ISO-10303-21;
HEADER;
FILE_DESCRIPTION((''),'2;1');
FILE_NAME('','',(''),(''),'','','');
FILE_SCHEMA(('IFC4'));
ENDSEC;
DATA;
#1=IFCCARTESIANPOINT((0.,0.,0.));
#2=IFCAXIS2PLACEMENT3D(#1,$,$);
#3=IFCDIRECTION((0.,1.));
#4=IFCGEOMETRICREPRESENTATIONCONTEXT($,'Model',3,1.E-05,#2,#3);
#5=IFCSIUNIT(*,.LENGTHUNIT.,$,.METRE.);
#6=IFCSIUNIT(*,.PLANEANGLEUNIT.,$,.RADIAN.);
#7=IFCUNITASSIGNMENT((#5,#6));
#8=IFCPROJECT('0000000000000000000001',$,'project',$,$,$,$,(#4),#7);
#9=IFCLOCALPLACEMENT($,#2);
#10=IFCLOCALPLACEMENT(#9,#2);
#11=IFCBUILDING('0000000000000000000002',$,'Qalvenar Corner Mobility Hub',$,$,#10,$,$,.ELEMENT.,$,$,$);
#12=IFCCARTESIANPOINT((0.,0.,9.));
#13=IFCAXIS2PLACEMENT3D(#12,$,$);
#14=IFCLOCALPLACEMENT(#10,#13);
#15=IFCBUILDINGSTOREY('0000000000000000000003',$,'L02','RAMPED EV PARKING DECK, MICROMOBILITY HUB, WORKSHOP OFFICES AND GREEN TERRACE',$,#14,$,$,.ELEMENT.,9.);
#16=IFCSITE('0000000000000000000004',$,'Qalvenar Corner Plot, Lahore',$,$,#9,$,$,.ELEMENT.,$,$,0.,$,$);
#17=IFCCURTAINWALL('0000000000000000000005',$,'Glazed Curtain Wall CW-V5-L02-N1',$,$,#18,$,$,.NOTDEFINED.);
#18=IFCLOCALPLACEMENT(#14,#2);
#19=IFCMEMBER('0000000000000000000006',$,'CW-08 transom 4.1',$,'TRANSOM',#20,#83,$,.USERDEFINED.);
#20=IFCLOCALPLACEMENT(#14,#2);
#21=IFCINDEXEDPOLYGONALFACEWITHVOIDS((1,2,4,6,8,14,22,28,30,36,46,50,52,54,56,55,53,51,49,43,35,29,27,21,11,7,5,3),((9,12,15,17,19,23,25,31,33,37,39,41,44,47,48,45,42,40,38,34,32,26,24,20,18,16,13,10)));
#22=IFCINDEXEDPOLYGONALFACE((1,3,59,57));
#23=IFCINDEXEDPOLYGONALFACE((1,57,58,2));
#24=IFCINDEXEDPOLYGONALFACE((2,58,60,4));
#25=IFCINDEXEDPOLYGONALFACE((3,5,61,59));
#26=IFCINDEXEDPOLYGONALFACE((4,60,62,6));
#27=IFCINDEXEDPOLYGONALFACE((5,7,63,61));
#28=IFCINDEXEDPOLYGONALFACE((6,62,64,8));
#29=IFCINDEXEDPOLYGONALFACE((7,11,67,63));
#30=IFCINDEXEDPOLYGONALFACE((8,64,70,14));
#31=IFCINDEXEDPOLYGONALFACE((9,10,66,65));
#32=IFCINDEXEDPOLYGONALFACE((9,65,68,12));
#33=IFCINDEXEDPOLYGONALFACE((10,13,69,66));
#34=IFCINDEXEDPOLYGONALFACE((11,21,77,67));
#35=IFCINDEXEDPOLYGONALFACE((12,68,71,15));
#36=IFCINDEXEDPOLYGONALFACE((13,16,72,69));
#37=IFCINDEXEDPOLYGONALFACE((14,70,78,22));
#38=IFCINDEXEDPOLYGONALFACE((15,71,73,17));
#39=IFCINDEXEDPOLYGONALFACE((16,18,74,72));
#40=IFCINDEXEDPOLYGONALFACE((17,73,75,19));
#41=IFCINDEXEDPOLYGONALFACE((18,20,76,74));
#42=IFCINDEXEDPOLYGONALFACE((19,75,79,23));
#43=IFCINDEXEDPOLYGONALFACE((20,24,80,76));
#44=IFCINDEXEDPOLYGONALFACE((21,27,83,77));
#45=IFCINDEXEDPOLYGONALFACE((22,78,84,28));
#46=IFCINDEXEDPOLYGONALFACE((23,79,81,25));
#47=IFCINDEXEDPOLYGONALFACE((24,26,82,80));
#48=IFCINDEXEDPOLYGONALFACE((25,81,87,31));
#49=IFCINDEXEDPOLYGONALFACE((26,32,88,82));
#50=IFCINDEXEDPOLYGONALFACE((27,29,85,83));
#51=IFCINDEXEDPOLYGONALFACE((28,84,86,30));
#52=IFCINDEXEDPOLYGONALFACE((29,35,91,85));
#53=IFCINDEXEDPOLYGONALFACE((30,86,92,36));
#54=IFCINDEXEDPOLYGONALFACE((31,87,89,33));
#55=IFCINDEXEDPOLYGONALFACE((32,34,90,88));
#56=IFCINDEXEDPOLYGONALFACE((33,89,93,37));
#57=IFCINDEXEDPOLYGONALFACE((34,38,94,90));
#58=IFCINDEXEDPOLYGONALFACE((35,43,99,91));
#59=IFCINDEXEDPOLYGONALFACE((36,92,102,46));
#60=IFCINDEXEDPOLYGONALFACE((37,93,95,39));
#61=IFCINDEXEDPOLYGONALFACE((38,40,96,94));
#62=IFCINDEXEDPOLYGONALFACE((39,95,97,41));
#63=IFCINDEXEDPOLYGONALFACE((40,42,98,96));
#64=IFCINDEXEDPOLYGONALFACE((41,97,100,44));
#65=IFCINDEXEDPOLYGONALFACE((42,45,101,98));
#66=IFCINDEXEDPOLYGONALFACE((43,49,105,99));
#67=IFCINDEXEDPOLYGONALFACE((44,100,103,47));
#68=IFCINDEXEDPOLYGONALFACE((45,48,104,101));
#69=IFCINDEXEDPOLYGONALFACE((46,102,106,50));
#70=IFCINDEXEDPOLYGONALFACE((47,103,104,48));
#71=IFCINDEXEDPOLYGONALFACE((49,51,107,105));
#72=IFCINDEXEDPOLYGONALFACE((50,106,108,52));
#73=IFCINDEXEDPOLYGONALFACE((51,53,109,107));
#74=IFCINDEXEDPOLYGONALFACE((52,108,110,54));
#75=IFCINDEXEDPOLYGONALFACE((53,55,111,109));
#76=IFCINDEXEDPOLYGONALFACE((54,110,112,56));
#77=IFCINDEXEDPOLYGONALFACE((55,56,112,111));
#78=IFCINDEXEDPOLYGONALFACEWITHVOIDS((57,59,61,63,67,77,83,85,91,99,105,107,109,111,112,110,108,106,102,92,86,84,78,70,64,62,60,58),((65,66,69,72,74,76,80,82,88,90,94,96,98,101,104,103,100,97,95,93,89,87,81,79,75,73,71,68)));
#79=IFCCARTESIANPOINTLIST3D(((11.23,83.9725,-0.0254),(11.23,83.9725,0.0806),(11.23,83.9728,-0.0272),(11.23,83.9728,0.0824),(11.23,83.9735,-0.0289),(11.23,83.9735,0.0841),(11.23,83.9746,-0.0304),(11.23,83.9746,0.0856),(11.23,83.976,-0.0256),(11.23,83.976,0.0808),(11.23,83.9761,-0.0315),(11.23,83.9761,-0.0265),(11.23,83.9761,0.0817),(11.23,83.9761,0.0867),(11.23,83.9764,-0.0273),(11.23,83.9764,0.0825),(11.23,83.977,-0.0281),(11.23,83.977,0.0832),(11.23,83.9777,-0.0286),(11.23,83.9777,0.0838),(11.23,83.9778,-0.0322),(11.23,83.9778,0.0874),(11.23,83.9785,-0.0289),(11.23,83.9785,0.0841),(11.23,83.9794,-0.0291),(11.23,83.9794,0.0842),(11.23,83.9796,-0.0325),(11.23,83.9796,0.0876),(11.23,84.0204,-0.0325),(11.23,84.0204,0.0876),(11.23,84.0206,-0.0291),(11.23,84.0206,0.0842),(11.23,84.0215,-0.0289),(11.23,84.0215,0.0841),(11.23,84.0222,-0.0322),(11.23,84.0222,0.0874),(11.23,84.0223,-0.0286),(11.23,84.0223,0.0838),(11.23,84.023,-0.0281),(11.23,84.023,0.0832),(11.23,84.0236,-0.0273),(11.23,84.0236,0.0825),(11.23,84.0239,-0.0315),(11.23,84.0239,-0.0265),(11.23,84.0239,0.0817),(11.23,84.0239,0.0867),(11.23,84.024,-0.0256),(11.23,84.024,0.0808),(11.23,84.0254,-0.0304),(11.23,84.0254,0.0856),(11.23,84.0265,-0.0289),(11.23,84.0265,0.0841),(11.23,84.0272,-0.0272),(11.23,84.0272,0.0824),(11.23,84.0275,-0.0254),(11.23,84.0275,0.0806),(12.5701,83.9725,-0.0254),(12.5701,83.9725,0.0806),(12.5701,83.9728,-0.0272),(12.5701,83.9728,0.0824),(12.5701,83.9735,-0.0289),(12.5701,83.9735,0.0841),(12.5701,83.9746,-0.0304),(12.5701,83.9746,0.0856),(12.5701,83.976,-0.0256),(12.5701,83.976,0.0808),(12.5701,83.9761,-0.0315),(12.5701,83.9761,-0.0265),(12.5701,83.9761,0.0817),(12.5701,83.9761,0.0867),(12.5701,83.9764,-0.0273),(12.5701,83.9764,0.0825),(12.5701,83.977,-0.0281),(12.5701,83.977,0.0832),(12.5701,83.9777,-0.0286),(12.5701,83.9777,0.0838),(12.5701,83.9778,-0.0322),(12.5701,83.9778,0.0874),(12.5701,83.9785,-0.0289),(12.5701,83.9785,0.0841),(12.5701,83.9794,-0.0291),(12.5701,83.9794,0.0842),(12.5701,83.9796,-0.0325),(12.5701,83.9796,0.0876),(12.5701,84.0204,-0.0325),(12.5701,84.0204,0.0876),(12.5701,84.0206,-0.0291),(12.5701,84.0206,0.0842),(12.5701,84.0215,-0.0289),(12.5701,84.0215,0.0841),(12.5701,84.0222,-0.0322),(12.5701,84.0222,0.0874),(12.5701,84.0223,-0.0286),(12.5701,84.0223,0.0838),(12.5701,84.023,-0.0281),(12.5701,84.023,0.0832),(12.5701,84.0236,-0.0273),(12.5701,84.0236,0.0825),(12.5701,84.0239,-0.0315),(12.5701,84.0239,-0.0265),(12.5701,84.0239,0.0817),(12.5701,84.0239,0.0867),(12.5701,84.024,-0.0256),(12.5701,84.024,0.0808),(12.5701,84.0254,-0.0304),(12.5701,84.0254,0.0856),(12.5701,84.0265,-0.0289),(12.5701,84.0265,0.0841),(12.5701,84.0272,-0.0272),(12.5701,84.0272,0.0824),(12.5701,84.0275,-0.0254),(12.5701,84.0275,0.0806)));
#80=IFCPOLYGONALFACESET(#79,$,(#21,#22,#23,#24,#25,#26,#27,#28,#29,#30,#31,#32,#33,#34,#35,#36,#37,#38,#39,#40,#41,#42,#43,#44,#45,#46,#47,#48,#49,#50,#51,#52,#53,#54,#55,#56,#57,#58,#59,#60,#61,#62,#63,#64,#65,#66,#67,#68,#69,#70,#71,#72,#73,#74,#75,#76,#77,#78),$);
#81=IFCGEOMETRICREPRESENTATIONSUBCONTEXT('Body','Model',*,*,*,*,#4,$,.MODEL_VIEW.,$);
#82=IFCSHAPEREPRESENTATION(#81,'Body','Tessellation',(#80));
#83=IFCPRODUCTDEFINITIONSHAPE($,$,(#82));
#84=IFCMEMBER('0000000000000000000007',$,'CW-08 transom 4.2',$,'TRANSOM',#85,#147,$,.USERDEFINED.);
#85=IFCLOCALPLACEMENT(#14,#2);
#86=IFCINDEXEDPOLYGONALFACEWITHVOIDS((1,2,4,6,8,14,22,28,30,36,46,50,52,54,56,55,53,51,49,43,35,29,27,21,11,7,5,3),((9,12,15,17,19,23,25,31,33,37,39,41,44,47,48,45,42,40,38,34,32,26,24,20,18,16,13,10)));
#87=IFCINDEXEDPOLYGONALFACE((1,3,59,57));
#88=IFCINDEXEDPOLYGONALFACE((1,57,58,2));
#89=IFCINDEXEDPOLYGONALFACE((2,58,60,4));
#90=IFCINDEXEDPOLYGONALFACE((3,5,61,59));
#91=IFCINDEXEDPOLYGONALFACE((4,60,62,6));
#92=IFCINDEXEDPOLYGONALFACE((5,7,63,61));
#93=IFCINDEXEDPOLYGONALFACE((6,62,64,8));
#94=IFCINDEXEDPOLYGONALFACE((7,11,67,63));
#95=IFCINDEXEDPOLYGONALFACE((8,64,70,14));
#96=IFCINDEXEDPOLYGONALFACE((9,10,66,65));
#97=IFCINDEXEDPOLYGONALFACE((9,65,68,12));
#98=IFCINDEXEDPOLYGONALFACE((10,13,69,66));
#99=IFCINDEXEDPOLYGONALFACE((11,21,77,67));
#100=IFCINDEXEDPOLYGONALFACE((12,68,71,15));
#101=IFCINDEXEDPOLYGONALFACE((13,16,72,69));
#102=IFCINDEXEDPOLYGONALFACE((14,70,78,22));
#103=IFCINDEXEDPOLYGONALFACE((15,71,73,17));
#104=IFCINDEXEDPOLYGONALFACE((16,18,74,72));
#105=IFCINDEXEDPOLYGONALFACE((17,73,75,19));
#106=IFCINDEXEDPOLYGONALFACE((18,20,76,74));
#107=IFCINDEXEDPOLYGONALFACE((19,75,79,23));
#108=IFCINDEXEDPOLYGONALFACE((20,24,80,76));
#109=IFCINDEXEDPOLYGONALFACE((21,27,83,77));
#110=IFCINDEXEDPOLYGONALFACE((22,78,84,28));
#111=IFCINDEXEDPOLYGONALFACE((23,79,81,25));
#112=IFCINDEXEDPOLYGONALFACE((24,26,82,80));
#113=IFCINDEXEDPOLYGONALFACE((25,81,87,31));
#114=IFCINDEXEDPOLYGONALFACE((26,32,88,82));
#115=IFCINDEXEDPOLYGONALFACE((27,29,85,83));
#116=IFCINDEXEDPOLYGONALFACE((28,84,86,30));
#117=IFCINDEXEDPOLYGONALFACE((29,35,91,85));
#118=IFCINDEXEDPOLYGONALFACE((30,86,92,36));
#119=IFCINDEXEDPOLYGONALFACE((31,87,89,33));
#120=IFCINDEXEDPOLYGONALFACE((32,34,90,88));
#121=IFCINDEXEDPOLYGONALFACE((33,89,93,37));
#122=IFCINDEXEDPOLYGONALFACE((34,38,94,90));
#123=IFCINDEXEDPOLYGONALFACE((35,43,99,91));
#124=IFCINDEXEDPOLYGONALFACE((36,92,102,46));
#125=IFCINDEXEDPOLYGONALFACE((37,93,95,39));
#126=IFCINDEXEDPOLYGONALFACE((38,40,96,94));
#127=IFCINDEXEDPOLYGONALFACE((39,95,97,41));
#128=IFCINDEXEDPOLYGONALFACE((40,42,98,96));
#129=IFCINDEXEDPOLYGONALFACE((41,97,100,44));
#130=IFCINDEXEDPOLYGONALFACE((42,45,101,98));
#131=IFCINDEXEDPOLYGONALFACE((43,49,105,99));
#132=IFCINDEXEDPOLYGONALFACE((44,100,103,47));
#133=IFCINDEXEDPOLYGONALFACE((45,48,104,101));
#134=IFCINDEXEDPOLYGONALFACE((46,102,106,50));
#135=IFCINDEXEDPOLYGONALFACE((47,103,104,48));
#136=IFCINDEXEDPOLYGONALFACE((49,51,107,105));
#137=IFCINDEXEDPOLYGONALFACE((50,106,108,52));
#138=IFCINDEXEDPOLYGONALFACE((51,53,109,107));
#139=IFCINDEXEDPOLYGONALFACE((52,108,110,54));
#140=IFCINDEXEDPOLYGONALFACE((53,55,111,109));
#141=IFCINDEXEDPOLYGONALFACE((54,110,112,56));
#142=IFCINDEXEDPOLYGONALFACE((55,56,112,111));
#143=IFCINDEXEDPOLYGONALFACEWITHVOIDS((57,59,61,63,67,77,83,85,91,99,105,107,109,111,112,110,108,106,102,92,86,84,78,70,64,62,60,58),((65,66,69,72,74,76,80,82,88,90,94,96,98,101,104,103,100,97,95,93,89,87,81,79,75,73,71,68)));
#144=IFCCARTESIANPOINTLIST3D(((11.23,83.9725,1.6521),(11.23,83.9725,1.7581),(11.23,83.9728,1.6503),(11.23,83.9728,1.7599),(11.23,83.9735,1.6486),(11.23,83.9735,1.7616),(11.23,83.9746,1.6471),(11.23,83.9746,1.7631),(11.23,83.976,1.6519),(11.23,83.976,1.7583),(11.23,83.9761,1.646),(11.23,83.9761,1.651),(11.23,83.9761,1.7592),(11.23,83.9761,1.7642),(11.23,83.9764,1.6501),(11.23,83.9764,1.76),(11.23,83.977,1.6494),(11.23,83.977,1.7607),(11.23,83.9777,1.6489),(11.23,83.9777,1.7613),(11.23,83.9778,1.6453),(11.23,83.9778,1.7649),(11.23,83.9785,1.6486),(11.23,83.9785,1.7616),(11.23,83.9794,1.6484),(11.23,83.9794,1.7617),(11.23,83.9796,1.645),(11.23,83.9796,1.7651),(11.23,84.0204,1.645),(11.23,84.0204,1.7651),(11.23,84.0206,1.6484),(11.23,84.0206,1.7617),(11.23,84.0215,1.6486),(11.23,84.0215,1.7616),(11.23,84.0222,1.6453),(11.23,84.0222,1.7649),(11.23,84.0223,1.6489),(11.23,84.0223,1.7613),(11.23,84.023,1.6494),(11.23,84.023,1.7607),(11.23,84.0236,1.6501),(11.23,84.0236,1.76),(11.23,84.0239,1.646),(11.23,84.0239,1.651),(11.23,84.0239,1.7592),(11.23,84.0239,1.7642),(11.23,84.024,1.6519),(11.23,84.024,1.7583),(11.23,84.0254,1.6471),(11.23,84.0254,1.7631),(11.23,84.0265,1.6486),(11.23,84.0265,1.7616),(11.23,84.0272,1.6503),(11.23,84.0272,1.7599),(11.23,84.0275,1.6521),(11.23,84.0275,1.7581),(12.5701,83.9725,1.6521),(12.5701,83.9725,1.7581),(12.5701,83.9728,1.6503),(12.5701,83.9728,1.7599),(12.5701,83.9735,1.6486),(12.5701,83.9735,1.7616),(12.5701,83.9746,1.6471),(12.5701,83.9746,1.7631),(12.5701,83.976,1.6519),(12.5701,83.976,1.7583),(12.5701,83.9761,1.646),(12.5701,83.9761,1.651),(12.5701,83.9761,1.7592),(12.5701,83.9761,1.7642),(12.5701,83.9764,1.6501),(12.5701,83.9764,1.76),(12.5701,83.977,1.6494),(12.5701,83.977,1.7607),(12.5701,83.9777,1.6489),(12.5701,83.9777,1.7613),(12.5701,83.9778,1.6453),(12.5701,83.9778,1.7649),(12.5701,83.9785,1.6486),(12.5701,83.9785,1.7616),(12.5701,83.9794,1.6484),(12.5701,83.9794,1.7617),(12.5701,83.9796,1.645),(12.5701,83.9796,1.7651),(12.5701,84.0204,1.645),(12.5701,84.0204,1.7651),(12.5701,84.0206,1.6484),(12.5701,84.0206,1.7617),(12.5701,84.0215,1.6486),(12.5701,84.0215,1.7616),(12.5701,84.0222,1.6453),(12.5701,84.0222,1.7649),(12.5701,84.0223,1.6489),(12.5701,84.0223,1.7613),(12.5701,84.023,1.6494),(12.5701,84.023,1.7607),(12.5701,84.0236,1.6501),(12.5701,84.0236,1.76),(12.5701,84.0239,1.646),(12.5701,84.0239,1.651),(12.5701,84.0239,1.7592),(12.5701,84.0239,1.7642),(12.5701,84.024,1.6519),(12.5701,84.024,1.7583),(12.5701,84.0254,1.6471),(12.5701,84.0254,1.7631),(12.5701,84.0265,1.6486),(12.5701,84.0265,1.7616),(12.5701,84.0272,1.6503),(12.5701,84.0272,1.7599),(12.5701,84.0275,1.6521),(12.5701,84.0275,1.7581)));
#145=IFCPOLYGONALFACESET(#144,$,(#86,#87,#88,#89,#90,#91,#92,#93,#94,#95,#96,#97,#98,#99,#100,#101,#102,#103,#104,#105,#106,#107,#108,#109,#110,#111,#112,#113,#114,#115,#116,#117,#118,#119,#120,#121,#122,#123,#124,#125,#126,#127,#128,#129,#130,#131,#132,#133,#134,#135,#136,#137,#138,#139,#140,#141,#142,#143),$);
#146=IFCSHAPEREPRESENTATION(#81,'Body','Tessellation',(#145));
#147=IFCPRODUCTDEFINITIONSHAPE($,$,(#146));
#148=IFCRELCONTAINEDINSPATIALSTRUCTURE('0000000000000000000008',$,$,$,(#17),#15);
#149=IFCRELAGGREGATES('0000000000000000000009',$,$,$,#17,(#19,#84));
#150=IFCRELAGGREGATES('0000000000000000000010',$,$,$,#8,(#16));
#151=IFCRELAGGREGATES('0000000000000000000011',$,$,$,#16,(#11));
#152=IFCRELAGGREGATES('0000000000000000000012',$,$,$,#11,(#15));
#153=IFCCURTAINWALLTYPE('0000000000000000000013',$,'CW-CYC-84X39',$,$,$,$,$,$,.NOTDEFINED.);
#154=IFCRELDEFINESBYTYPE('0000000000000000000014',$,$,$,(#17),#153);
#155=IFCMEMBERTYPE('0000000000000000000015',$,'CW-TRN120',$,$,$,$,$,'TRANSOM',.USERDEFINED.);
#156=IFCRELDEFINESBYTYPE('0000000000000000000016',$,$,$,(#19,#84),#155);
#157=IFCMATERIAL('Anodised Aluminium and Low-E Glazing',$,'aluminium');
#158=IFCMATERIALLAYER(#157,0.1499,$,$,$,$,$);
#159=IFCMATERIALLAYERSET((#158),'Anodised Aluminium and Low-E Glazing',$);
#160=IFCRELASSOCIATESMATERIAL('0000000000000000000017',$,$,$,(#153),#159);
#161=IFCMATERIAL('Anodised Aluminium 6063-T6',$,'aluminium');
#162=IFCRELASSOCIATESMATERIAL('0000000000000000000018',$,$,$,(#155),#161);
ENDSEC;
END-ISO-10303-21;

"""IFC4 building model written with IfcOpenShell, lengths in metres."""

from ifc_helpers import new_model, si_unit, direction, frame, origin, origin_2d, place, context, subcontext, project, spatial, hollow_rectangle, extrude, material, layer, layer_set, material_profile, profile_set, type_object, element, aggregate, save


model = new_model("IFC4")

# Units and contexts
model_context = context("Model", 3, precision=1e-05, world=origin(), true_north=direction((0.0, 1.0)))
body_context = subcontext(model_context, "Body", "Model", "MODEL_VIEW")
ifc_project = project(units=[si_unit("LENGTHUNIT", "METRE"), si_unit("PLANEANGLEUNIT", "RADIAN")], contexts=[model_context])

# Site, building, storey
site_placement = place(None, origin())
site = spatial("IfcSite", under=ifc_project, at=site_placement, Name="Qalvenar Corner Plot, Lahore", CompositionType="ELEMENT", RefElevation=0.0)
building_placement = place(site_placement, origin())
building = spatial("IfcBuilding", under=site, at=building_placement, Name="Qalvenar Corner Mobility Hub", CompositionType="ELEMENT")
storey_placement = place(building_placement, frame((0.0, 0.0, 9.0)))
storey = spatial("IfcBuildingStorey", under=building, at=storey_placement, Name="L02", Description="RAMPED EV PARKING DECK, MICROMOBILITY HUB, WORKSHOP OFFICES AND GREEN TERRACE", CompositionType="ELEMENT", Elevation=9.0)

# Curtain wall, members
ifc_material_1 = material(Name="Anodised Aluminium and Low-E Glazing", Category="aluminium")
ifc_layer_1 = layer(ifc_material_1, 0.1499)
ifc_layer_set_1 = layer_set([ifc_layer_1], Name="Anodised Aluminium and Low-E Glazing")
curtain_wall_type = type_object("IfcCurtainWallType", Name="CW-CYC-84X39", PredefinedType="NOTDEFINED", material=ifc_layer_set_1)
curtain_wall_placement = place(storey_placement, origin())
curtain_wall = element("IfcCurtainWall", 1, at=curtain_wall_placement, inside=storey, type_object=curtain_wall_type, Name="Glazed Curtain Wall CW-V5-L02-N1", PredefinedType="NOTDEFINED")
ifc_material_2 = material(Name="Anodised Aluminium 6063-T6", Category="aluminium")
ifc_material_profile_1 = material_profile(ifc_material_2, hollow_rectangle(XDim=0.0549, YDim=0.1201, WallThickness=0.0034, InnerFilletRadius=0.0034, OuterFilletRadius=0.0071, at=origin_2d()), Name="RHS120x55x3.5")
ifc_profile_set_1 = profile_set([ifc_material_profile_1], Name="Anodised Aluminium 6063-T6")
member_type_1 = type_object("IfcMemberType", Name="CW-TRN120", ElementType="TRANSOM", PredefinedType="USERDEFINED", material=ifc_profile_set_1)
member_1_placement = place(storey_placement, frame((12.5701, 84.0, 0.0276), z_axis=(-1.0, 0.0, 0.0), x_axis=(0.0, -1.0, 0.0)))
member_1 = element("IfcMember", 2, at=member_1_placement, type_object=member_type_1, Name="CW-08 transom 4.1", ObjectType="TRANSOM", PredefinedType="USERDEFINED", context=body_context, shape_type="SweptSolid", body=[
    extrude(hollow_rectangle(XDim=0.0549, YDim=0.1201, WallThickness=0.0034, InnerFilletRadius=0.0034, OuterFilletRadius=0.0071, at=origin_2d()), origin(), (0.0, 0.0, 1.0), 1.3401),
])
member_2_placement = place(storey_placement, frame((12.5701, 84.0, 1.7051), z_axis=(-1.0, 0.0, 0.0), x_axis=(0.0, -1.0, 0.0)))
member_2 = element("IfcMember", 3, at=member_2_placement, type_object=member_type_1, Name="CW-08 transom 4.2", ObjectType="TRANSOM", PredefinedType="USERDEFINED", context=body_context, shape_type="SweptSolid", body=[
    extrude(hollow_rectangle(XDim=0.0549, YDim=0.1201, WallThickness=0.0034, InnerFilletRadius=0.0034, OuterFilletRadius=0.0071, at=origin_2d()), origin(), (0.0, 0.0, 1.0), 1.3401),
])

aggregate(curtain_wall, [member_1, member_2])

save(model, "model.ifc")
